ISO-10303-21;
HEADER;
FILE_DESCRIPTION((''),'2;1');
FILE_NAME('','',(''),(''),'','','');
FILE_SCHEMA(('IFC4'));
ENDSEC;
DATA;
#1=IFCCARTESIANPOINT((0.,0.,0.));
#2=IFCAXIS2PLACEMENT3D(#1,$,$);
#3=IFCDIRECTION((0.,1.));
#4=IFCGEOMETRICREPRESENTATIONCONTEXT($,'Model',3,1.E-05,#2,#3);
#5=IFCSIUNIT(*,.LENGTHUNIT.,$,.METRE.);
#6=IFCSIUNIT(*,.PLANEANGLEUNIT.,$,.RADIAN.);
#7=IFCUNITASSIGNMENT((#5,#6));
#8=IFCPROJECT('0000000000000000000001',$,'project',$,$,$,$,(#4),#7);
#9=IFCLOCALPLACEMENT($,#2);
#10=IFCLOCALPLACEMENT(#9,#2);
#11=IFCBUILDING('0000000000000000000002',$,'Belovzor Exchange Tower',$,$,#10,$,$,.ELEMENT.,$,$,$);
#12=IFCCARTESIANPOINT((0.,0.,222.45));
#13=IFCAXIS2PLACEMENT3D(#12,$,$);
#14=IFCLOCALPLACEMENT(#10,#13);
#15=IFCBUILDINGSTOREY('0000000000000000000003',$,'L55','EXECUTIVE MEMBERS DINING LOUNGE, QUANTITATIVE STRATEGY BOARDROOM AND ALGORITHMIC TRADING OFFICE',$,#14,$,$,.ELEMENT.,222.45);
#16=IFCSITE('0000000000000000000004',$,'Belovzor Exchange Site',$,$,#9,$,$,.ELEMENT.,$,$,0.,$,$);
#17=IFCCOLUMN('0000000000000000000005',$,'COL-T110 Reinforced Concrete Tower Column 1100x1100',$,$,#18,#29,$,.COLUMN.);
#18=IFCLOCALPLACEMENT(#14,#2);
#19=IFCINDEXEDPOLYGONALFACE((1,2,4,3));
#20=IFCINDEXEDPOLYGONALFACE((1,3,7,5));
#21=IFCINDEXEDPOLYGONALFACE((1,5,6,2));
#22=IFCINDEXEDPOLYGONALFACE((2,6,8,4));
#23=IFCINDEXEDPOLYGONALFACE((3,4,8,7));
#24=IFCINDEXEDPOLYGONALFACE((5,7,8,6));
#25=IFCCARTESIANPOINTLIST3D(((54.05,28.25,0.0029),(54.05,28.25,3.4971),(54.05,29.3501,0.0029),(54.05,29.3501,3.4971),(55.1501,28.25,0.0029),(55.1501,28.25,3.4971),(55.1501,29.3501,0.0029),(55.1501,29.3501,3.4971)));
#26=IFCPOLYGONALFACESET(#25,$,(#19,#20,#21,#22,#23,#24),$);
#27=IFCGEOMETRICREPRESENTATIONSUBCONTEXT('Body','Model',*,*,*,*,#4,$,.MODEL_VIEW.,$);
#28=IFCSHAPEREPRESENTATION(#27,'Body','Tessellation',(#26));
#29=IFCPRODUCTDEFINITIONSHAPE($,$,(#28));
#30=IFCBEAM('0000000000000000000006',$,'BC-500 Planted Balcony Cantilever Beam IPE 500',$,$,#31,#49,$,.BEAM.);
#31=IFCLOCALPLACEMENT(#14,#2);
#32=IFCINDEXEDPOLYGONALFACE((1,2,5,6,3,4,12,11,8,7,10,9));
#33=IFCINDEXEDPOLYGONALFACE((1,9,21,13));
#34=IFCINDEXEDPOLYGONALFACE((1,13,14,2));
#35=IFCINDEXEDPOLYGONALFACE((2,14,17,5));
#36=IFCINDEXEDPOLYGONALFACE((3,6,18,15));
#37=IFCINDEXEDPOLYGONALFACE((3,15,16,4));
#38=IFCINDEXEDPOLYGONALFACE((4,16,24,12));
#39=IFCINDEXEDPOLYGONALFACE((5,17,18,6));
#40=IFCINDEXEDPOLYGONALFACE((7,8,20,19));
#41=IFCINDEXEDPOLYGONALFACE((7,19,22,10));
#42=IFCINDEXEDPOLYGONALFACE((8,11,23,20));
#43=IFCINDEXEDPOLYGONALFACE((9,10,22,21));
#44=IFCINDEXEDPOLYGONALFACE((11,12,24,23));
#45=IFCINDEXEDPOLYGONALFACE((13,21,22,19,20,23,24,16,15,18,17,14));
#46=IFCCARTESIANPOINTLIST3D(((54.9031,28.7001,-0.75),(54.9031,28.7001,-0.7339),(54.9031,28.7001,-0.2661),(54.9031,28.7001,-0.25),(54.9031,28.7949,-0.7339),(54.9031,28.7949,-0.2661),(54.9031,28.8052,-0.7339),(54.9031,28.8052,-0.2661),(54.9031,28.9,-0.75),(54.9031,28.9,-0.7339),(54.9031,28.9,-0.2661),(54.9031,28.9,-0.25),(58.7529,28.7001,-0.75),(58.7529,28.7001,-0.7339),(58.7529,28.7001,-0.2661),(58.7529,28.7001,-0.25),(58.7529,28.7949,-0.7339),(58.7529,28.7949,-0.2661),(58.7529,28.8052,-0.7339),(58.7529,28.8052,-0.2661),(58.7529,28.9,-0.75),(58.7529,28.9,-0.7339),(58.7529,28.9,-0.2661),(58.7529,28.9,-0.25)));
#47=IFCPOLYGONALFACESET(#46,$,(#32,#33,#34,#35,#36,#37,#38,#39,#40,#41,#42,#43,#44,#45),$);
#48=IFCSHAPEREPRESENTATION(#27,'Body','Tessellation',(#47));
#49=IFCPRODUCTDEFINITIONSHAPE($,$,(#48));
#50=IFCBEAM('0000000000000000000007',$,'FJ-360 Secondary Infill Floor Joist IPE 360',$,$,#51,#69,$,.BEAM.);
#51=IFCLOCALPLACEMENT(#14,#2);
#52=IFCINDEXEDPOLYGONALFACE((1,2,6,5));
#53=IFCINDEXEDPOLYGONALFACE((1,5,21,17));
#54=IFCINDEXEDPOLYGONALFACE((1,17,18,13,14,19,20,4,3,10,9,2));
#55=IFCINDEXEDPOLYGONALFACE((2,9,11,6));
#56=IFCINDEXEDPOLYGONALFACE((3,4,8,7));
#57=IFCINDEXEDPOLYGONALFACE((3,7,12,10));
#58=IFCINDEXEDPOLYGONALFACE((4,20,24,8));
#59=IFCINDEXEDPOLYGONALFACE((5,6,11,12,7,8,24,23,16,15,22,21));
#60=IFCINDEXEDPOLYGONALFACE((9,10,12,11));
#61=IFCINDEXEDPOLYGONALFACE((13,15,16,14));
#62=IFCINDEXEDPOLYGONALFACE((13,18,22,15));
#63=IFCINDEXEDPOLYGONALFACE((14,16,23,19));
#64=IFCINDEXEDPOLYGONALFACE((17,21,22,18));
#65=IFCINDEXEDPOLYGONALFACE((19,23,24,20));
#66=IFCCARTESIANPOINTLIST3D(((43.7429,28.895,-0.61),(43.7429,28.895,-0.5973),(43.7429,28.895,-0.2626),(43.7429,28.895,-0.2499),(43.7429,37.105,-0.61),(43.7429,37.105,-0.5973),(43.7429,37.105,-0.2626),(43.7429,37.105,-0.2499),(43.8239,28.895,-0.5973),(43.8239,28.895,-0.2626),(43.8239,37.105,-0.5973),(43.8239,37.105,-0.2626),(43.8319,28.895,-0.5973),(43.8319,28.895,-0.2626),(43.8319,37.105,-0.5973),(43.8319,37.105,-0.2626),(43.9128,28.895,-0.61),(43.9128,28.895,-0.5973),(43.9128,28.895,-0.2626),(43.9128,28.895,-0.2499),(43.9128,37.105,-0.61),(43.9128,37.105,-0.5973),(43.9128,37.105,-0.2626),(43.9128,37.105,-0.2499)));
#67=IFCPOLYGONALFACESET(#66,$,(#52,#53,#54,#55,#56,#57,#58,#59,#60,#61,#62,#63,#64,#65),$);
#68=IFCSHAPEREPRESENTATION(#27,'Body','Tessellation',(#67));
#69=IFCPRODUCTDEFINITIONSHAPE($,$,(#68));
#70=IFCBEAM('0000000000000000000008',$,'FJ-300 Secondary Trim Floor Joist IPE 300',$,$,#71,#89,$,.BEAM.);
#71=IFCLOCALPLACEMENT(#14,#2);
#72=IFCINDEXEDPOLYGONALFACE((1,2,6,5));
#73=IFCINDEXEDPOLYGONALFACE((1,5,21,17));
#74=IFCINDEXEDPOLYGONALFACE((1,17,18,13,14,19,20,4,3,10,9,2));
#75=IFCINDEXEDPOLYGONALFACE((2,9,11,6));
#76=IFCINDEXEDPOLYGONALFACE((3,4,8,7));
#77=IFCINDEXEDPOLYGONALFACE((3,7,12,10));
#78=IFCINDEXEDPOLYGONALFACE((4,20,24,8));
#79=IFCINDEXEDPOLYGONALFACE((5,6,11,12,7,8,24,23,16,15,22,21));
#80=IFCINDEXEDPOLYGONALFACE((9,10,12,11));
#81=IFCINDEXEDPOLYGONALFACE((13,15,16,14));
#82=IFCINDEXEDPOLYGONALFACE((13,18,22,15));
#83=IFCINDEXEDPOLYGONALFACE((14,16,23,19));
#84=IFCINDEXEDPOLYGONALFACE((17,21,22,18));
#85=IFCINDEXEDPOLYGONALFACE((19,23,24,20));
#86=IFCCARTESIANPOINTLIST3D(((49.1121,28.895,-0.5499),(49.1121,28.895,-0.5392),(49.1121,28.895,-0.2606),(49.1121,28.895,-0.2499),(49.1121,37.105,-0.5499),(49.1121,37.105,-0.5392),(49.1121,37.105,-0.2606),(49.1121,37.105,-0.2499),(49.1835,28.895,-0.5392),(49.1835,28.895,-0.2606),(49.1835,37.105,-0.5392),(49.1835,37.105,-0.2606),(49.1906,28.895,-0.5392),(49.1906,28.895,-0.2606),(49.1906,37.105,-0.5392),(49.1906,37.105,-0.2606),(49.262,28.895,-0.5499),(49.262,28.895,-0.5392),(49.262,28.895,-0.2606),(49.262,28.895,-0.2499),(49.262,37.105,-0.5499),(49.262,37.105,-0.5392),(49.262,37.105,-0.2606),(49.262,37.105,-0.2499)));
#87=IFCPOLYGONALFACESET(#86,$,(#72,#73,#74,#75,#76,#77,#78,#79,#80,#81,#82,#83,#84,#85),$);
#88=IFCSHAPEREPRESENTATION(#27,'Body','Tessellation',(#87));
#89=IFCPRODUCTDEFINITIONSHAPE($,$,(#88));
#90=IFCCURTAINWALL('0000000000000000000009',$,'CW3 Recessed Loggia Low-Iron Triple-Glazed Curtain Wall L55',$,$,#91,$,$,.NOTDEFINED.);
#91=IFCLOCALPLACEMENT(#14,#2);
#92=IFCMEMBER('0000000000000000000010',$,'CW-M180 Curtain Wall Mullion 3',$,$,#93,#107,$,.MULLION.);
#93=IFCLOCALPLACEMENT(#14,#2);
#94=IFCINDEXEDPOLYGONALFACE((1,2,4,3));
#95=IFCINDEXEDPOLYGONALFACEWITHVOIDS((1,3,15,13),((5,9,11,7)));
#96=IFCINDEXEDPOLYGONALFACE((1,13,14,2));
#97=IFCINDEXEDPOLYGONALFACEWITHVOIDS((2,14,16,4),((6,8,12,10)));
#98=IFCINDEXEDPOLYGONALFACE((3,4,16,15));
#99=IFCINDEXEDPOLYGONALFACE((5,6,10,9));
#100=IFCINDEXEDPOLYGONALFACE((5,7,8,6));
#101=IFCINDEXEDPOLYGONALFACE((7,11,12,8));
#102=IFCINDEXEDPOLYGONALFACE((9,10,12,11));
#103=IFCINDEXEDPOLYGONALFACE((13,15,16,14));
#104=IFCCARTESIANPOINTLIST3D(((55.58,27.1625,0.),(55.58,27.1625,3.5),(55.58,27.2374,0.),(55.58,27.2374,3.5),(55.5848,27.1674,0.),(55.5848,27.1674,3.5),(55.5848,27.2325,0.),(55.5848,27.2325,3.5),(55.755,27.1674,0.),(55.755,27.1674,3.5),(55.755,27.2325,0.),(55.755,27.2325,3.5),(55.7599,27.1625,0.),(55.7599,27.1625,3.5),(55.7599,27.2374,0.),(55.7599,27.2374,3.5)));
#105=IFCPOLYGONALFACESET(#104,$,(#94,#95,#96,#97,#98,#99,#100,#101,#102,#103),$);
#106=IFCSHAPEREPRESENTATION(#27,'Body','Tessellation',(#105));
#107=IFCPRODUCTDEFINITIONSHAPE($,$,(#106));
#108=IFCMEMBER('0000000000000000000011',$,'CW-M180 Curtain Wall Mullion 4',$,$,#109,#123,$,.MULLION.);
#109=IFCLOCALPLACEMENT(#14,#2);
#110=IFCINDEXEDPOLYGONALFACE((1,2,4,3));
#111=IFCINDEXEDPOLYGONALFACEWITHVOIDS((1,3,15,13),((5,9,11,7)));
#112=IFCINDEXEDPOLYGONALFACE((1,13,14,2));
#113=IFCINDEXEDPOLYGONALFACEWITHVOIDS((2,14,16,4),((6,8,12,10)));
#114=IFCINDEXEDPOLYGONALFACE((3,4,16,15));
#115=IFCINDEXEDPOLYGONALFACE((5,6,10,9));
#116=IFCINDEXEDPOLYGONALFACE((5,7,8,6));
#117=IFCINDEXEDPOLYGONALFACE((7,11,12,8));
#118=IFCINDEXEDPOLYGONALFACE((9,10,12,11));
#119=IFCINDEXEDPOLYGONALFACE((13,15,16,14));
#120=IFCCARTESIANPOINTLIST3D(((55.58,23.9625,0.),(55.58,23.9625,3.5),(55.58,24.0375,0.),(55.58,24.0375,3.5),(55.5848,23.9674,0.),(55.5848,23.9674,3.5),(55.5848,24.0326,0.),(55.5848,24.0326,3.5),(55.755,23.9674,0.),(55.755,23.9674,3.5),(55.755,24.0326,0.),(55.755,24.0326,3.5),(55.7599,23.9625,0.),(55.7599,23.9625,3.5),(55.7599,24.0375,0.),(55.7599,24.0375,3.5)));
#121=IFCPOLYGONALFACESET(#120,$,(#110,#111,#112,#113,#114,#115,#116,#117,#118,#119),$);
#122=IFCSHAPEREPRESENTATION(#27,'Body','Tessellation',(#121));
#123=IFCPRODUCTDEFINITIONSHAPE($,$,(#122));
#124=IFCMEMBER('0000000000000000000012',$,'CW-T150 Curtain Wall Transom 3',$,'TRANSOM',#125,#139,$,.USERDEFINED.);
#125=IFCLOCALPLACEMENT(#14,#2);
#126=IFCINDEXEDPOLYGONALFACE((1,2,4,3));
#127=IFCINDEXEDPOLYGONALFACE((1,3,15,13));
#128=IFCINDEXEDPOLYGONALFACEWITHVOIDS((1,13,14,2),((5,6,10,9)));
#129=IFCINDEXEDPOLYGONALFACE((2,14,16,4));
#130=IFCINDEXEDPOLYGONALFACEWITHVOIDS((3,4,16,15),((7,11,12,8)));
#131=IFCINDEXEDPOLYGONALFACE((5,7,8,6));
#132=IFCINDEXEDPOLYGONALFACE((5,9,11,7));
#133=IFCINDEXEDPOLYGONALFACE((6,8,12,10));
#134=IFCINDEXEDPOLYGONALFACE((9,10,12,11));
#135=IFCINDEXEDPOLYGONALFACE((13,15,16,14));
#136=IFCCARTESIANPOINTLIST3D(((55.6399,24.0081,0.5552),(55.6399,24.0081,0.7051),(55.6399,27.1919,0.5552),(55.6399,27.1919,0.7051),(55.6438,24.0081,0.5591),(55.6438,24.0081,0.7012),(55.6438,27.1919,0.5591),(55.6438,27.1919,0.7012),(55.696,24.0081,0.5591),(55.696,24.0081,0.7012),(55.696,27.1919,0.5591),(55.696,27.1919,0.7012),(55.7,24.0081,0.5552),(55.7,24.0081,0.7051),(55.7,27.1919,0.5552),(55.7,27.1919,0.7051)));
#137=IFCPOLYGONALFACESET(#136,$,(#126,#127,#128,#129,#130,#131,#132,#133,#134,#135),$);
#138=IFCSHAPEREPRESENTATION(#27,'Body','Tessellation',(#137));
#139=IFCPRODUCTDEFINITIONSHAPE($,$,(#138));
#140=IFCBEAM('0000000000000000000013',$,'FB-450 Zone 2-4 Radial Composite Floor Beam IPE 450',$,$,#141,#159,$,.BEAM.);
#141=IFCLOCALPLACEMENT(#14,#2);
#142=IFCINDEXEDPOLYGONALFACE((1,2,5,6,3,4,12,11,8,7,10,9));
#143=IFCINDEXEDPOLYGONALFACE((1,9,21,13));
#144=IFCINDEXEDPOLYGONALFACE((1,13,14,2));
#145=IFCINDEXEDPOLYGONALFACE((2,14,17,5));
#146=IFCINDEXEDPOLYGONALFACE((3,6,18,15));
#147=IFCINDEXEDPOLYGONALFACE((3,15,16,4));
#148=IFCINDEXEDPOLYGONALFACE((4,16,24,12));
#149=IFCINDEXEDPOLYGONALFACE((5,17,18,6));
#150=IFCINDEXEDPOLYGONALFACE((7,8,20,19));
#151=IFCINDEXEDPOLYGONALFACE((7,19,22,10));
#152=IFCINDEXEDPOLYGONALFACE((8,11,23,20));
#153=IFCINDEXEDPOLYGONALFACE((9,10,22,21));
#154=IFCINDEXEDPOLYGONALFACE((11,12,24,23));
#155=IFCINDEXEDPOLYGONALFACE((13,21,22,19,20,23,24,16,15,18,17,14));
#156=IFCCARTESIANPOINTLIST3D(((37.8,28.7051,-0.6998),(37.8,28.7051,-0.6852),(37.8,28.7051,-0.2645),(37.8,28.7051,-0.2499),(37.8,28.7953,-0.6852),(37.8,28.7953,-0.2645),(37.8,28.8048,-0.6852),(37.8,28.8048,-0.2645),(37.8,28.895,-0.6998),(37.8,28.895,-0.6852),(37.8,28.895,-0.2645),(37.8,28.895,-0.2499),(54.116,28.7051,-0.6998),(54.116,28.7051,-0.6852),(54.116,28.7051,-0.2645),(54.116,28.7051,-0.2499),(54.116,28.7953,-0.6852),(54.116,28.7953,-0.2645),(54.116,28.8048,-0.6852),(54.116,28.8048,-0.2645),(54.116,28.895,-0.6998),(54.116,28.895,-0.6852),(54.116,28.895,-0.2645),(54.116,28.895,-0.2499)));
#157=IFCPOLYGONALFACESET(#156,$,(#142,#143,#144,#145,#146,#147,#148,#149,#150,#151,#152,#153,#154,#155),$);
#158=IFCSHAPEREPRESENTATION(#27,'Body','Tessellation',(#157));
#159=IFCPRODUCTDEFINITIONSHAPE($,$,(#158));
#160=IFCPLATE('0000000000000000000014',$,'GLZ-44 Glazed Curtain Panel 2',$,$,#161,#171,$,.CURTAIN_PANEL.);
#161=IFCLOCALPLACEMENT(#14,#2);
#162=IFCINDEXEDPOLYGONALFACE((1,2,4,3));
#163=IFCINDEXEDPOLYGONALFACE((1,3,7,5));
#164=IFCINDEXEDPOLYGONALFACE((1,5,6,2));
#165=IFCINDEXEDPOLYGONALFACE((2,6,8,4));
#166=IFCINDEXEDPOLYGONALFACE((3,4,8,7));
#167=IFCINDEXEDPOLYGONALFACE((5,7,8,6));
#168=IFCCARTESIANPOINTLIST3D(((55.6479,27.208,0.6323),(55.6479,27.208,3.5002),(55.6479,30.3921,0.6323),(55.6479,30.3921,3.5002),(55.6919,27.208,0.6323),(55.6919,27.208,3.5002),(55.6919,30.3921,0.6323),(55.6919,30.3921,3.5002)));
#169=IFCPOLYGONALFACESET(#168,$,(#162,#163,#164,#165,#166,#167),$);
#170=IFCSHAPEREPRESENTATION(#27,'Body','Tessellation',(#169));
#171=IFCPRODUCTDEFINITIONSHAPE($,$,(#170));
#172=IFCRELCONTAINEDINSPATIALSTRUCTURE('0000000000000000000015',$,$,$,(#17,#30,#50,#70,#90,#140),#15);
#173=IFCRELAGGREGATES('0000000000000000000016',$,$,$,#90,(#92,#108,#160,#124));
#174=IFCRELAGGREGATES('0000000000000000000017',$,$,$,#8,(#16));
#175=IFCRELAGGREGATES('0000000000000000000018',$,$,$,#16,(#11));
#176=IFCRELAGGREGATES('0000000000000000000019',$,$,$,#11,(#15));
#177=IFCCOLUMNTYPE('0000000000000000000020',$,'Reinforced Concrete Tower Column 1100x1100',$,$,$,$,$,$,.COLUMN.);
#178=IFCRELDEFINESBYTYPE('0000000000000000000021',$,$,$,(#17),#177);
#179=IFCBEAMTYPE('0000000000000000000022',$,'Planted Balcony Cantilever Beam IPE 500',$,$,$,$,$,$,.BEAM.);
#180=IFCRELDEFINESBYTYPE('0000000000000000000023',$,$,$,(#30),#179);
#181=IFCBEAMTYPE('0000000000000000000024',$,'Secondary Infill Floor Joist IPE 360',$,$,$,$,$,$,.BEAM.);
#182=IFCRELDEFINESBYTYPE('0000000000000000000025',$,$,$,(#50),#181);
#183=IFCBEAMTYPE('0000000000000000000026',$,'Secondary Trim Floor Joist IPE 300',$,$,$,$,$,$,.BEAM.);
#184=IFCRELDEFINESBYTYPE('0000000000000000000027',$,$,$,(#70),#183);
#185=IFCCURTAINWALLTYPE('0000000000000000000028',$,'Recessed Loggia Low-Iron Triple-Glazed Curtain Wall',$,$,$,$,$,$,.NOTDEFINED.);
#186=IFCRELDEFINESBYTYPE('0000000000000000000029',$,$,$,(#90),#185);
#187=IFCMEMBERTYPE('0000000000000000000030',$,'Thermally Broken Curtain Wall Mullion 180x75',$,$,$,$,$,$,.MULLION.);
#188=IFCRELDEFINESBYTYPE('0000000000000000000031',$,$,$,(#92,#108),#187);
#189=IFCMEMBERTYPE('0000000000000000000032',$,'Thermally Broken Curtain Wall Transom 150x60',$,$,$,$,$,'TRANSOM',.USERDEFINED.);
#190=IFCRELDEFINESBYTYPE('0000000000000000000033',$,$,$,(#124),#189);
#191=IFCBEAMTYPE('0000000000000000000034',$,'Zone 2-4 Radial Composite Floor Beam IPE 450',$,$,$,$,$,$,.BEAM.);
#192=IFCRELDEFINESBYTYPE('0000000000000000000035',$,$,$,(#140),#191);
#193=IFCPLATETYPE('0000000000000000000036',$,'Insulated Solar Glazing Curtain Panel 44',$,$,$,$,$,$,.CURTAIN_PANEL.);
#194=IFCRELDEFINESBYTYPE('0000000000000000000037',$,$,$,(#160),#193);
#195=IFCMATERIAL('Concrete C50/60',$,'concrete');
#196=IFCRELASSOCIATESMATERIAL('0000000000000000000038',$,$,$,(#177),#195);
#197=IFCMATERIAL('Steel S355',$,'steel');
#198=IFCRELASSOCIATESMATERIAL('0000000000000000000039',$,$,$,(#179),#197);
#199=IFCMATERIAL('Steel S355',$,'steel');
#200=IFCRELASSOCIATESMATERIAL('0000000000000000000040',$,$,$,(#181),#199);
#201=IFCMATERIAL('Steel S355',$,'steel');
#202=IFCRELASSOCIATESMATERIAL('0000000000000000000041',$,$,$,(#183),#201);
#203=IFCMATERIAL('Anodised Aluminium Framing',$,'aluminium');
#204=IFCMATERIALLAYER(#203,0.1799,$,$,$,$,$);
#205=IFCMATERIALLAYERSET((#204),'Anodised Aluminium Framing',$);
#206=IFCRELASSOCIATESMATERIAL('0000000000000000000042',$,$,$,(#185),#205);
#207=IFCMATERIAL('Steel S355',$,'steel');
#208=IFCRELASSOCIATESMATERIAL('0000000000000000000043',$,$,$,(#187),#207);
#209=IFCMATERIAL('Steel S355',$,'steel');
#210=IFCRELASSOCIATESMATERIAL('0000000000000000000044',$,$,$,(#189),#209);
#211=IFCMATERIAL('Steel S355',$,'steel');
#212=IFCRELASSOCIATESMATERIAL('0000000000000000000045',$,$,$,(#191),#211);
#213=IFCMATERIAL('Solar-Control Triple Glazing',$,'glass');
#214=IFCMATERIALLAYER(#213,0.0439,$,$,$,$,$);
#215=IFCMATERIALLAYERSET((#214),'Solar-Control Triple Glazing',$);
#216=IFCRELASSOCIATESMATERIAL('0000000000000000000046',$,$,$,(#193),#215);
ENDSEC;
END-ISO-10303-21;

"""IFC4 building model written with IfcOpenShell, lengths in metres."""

from ifc_helpers import new_model, si_unit, direction, frame, origin, origin_2d, place, context, subcontext, project, spatial, rectangle, hollow_rectangle, i_section, extrude, material, layer, layer_set, material_profile, profile_set, type_object, element, aggregate, save


model = new_model("IFC4")

# Units and contexts
model_context = context("Model", 3, precision=1e-05, world=origin(), true_north=direction((0.0, 1.0)))
body_context = subcontext(model_context, "Body", "Model", "MODEL_VIEW")
ifc_project = project(units=[si_unit("LENGTHUNIT", "METRE"), si_unit("PLANEANGLEUNIT", "RADIAN")], contexts=[model_context])

# Site, building, storey
site_placement = place(None, origin())
site = spatial("IfcSite", under=ifc_project, at=site_placement, Name="Belovzor Exchange Site", CompositionType="ELEMENT", RefElevation=0.0)
building_placement = place(site_placement, origin())
building = spatial("IfcBuilding", under=site, at=building_placement, Name="Belovzor Exchange Tower", CompositionType="ELEMENT")
storey_placement = place(building_placement, frame((0.0, 0.0, 222.45)))
storey = spatial("IfcBuildingStorey", under=building, at=storey_placement, Name="L55", Description="EXECUTIVE MEMBERS DINING LOUNGE, QUANTITATIVE STRATEGY BOARDROOM AND ALGORITHMIC TRADING OFFICE", CompositionType="ELEMENT", Elevation=222.45)

# Column
ifc_material_1 = material(Name="Concrete C50/60", Category="concrete")
ifc_material_profile_1 = material_profile(ifc_material_1, rectangle(XDim=1.1001, YDim=1.1001, at=origin_2d()))
ifc_profile_set_1 = profile_set([ifc_material_profile_1], Name="Concrete C50/60")
column_type = type_object("IfcColumnType", Name="Reinforced Concrete Tower Column 1100x1100", PredefinedType="COLUMN", material=ifc_profile_set_1)
column_placement = place(storey_placement, frame((54.6001, 28.8, 0.0029), z_axis=(0.0, 0.0, 1.0), x_axis=(1.0, 0.0, 0.0)))
element("IfcColumn", 1, at=column_placement, inside=storey, type_object=column_type, Name="COL-T110 Reinforced Concrete Tower Column 1100x1100", PredefinedType="COLUMN", context=body_context, shape_type="SweptSolid", body=[
    extrude(rectangle(XDim=1.1001, YDim=1.1001, at=origin_2d()), origin(), (0.0, 0.0, 1.0), 3.4941),
])

# Beams
ifc_material_2 = material(Name="Steel S355", Category="steel")
ifc_material_profile_2 = material_profile(ifc_material_2, i_section(OverallWidth=0.2, OverallDepth=0.5, WebThickness=0.0103, FlangeThickness=0.0161, at=origin_2d()))
ifc_profile_set_2 = profile_set([ifc_material_profile_2], Name="Steel S355")
beam_type_1 = type_object("IfcBeamType", Name="Planted Balcony Cantilever Beam IPE 500", PredefinedType="BEAM", material=ifc_profile_set_2)
beam_1_placement = place(storey_placement, frame((54.9031, 28.8, -0.5), z_axis=(1.0, 0.0, 0.0), x_axis=(0.0, 1.0, 0.0)))
element("IfcBeam", 2, at=beam_1_placement, inside=storey, type_object=beam_type_1, Name="BC-500 Planted Balcony Cantilever Beam IPE 500", PredefinedType="BEAM", context=body_context, shape_type="SweptSolid", body=[
    extrude(i_section(OverallWidth=0.2, OverallDepth=0.5, WebThickness=0.0103, FlangeThickness=0.0161, at=origin_2d()), origin(), (0.0, 0.0, 1.0), 3.8499),
])
ifc_material_3 = material(Name="Steel S355", Category="steel")
ifc_material_profile_3 = material_profile(ifc_material_3, i_section(OverallWidth=0.1699, OverallDepth=0.3601, WebThickness=0.0081, FlangeThickness=0.0127, at=origin_2d()))
ifc_profile_set_3 = profile_set([ifc_material_profile_3], Name="Steel S355")
beam_type_2 = type_object("IfcBeamType", Name="Secondary Infill Floor Joist IPE 360", PredefinedType="BEAM", material=ifc_profile_set_3)
beam_2_placement = place(storey_placement, frame((43.8279, 28.895, -0.4299), z_axis=(0.0, 1.0, 0.0), x_axis=(-1.0, 0.0, 0.0)))
element("IfcBeam", 3, at=beam_2_placement, inside=storey, type_object=beam_type_2, Name="FJ-360 Secondary Infill Floor Joist IPE 360", PredefinedType="BEAM", context=body_context, shape_type="SweptSolid", body=[
    extrude(i_section(OverallWidth=0.1699, OverallDepth=0.3601, WebThickness=0.0081, FlangeThickness=0.0127, at=origin_2d()), origin(), (0.0, 0.0, 1.0), 8.21),
])
ifc_material_4 = material(Name="Steel S355", Category="steel")
ifc_material_profile_4 = material_profile(ifc_material_4, i_section(OverallWidth=0.1499, OverallDepth=0.3, WebThickness=0.0071, FlangeThickness=0.0107, at=origin_2d()))
ifc_profile_set_4 = profile_set([ifc_material_profile_4], Name="Steel S355")
beam_type_3 = type_object("IfcBeamType", Name="Secondary Trim Floor Joist IPE 300", PredefinedType="BEAM", material=ifc_profile_set_4)
beam_3_placement = place(storey_placement, frame((49.187, 28.895, -0.3999), z_axis=(0.0, 1.0, 0.0), x_axis=(-1.0, 0.0, 0.0)))
element("IfcBeam", 4, at=beam_3_placement, inside=storey, type_object=beam_type_3, Name="FJ-300 Secondary Trim Floor Joist IPE 300", PredefinedType="BEAM", context=body_context, shape_type="SweptSolid", body=[
    extrude(i_section(OverallWidth=0.1499, OverallDepth=0.3, WebThickness=0.0071, FlangeThickness=0.0107, at=origin_2d()), origin(), (0.0, 0.0, 1.0), 8.21),
])

# Curtain wall, members
ifc_material_5 = material(Name="Anodised Aluminium Framing", Category="aluminium")
ifc_layer_1 = layer(ifc_material_5, 0.1799)
ifc_layer_set_1 = layer_set([ifc_layer_1], Name="Anodised Aluminium Framing")
curtain_wall_type = type_object("IfcCurtainWallType", Name="Recessed Loggia Low-Iron Triple-Glazed Curtain Wall", PredefinedType="NOTDEFINED", material=ifc_layer_set_1)
curtain_wall_placement = place(storey_placement, origin())
curtain_wall = element("IfcCurtainWall", 5, at=curtain_wall_placement, inside=storey, type_object=curtain_wall_type, Name="CW3 Recessed Loggia Low-Iron Triple-Glazed Curtain Wall L55", PredefinedType="NOTDEFINED")
ifc_material_6 = material(Name="Steel S355", Category="steel")
ifc_material_profile_5 = material_profile(ifc_material_6, hollow_rectangle(XDim=0.075, YDim=0.1799, WallThickness=0.0049, at=origin_2d()))
ifc_profile_set_5 = profile_set([ifc_material_profile_5], Name="Steel S355")
member_type_1 = type_object("IfcMemberType", Name="Thermally Broken Curtain Wall Mullion 180x75", PredefinedType="MULLION", material=ifc_profile_set_5)
member_1_placement = place(storey_placement, frame((55.6699, 27.2, 0.0), z_axis=(0.0, 0.0, 1.0), x_axis=(0.0, -1.0, 0.0)))
member_1 = element("IfcMember", 6, at=member_1_placement, type_object=member_type_1, Name="CW-M180 Curtain Wall Mullion 3", PredefinedType="MULLION", context=body_context, shape_type="SweptSolid", body=[
    extrude(hollow_rectangle(XDim=0.075, YDim=0.1799, WallThickness=0.0049, at=origin_2d()), origin(), (0.0, 0.0, 1.0), 3.5),
])
member_2_placement = place(storey_placement, frame((55.6699, 24.0, 0.0), z_axis=(0.0, 0.0, 1.0), x_axis=(0.0, -1.0, 0.0)))
member_2 = element("IfcMember", 7, at=member_2_placement, type_object=member_type_1, Name="CW-M180 Curtain Wall Mullion 4", PredefinedType="MULLION", context=body_context, shape_type="SweptSolid", body=[
    extrude(hollow_rectangle(XDim=0.075, YDim=0.1799, WallThickness=0.0049, at=origin_2d()), origin(), (0.0, 0.0, 1.0), 3.5),
])
ifc_material_7 = material(Name="Steel S355", Category="steel")
ifc_material_profile_6 = material_profile(ifc_material_7, hollow_rectangle(XDim=0.0601, YDim=0.1499, WallThickness=0.0039, at=origin_2d()))
ifc_profile_set_6 = profile_set([ifc_material_profile_6], Name="Steel S355")
member_type_2 = type_object("IfcMemberType", Name="Thermally Broken Curtain Wall Transom 150x60", ElementType="TRANSOM", PredefinedType="USERDEFINED", material=ifc_profile_set_6)
member_3_placement = place(storey_placement, frame((55.6699, 27.1919, 0.6301), z_axis=(0.0, -1.0, 0.0), x_axis=(1.0, 0.0, 0.0)))
member_3 = element("IfcMember", 8, at=member_3_placement, type_object=member_type_2, Name="CW-T150 Curtain Wall Transom 3", ObjectType="TRANSOM", PredefinedType="USERDEFINED", context=body_context, shape_type="SweptSolid", body=[
    extrude(hollow_rectangle(XDim=0.0601, YDim=0.1499, WallThickness=0.0039, at=origin_2d()), origin(), (0.0, 0.0, 1.0), 3.1838),
])

# Beam
ifc_material_8 = material(Name="Steel S355", Category="steel")
ifc_material_profile_7 = material_profile(ifc_material_8, i_section(OverallWidth=0.1899, OverallDepth=0.45, WebThickness=0.0095, FlangeThickness=0.0146, at=origin_2d()))
ifc_profile_set_7 = profile_set([ifc_material_profile_7], Name="Steel S355")
beam_type_4 = type_object("IfcBeamType", Name="Zone 2-4 Radial Composite Floor Beam IPE 450", PredefinedType="BEAM", material=ifc_profile_set_7)
beam_4_placement = place(storey_placement, frame((37.8, 28.8, -0.4749), z_axis=(1.0, 0.0, 0.0), x_axis=(0.0, 1.0, 0.0)))
element("IfcBeam", 9, at=beam_4_placement, inside=storey, type_object=beam_type_4, Name="FB-450 Zone 2-4 Radial Composite Floor Beam IPE 450", PredefinedType="BEAM", context=body_context, shape_type="SweptSolid", body=[
    extrude(i_section(OverallWidth=0.1899, OverallDepth=0.45, WebThickness=0.0095, FlangeThickness=0.0146, at=origin_2d()), origin(), (0.0, 0.0, 1.0), 16.3159),
])

# Plate
ifc_material_9 = material(Name="Solar-Control Triple Glazing", Category="glass")
ifc_layer_2 = layer(ifc_material_9, 0.0439)
ifc_layer_set_2 = layer_set([ifc_layer_2], Name="Solar-Control Triple Glazing")
plate_type_1 = type_object("IfcPlateType", Name="Insulated Solar Glazing Curtain Panel 44", PredefinedType="CURTAIN_PANEL", material=ifc_layer_set_2)
plate_1_placement = place(storey_placement, frame((55.6699, 28.8, 0.6323), z_axis=(0.0, 0.0, 1.0), x_axis=(0.0, -1.0, 0.0)))
plate_1 = element("IfcPlate", 10, at=plate_1_placement, type_object=plate_type_1, Name="GLZ-44 Glazed Curtain Panel 2", PredefinedType="CURTAIN_PANEL", context=body_context, shape_type="SweptSolid", body=[
    extrude(rectangle(XDim=3.1841, YDim=0.0439, at=origin_2d()), origin(), (0.0, 0.0, 1.0), 2.8679),
])
aggregate(curtain_wall, [member_1, member_2, plate_1, member_3])

save(model, "model.ifc")
